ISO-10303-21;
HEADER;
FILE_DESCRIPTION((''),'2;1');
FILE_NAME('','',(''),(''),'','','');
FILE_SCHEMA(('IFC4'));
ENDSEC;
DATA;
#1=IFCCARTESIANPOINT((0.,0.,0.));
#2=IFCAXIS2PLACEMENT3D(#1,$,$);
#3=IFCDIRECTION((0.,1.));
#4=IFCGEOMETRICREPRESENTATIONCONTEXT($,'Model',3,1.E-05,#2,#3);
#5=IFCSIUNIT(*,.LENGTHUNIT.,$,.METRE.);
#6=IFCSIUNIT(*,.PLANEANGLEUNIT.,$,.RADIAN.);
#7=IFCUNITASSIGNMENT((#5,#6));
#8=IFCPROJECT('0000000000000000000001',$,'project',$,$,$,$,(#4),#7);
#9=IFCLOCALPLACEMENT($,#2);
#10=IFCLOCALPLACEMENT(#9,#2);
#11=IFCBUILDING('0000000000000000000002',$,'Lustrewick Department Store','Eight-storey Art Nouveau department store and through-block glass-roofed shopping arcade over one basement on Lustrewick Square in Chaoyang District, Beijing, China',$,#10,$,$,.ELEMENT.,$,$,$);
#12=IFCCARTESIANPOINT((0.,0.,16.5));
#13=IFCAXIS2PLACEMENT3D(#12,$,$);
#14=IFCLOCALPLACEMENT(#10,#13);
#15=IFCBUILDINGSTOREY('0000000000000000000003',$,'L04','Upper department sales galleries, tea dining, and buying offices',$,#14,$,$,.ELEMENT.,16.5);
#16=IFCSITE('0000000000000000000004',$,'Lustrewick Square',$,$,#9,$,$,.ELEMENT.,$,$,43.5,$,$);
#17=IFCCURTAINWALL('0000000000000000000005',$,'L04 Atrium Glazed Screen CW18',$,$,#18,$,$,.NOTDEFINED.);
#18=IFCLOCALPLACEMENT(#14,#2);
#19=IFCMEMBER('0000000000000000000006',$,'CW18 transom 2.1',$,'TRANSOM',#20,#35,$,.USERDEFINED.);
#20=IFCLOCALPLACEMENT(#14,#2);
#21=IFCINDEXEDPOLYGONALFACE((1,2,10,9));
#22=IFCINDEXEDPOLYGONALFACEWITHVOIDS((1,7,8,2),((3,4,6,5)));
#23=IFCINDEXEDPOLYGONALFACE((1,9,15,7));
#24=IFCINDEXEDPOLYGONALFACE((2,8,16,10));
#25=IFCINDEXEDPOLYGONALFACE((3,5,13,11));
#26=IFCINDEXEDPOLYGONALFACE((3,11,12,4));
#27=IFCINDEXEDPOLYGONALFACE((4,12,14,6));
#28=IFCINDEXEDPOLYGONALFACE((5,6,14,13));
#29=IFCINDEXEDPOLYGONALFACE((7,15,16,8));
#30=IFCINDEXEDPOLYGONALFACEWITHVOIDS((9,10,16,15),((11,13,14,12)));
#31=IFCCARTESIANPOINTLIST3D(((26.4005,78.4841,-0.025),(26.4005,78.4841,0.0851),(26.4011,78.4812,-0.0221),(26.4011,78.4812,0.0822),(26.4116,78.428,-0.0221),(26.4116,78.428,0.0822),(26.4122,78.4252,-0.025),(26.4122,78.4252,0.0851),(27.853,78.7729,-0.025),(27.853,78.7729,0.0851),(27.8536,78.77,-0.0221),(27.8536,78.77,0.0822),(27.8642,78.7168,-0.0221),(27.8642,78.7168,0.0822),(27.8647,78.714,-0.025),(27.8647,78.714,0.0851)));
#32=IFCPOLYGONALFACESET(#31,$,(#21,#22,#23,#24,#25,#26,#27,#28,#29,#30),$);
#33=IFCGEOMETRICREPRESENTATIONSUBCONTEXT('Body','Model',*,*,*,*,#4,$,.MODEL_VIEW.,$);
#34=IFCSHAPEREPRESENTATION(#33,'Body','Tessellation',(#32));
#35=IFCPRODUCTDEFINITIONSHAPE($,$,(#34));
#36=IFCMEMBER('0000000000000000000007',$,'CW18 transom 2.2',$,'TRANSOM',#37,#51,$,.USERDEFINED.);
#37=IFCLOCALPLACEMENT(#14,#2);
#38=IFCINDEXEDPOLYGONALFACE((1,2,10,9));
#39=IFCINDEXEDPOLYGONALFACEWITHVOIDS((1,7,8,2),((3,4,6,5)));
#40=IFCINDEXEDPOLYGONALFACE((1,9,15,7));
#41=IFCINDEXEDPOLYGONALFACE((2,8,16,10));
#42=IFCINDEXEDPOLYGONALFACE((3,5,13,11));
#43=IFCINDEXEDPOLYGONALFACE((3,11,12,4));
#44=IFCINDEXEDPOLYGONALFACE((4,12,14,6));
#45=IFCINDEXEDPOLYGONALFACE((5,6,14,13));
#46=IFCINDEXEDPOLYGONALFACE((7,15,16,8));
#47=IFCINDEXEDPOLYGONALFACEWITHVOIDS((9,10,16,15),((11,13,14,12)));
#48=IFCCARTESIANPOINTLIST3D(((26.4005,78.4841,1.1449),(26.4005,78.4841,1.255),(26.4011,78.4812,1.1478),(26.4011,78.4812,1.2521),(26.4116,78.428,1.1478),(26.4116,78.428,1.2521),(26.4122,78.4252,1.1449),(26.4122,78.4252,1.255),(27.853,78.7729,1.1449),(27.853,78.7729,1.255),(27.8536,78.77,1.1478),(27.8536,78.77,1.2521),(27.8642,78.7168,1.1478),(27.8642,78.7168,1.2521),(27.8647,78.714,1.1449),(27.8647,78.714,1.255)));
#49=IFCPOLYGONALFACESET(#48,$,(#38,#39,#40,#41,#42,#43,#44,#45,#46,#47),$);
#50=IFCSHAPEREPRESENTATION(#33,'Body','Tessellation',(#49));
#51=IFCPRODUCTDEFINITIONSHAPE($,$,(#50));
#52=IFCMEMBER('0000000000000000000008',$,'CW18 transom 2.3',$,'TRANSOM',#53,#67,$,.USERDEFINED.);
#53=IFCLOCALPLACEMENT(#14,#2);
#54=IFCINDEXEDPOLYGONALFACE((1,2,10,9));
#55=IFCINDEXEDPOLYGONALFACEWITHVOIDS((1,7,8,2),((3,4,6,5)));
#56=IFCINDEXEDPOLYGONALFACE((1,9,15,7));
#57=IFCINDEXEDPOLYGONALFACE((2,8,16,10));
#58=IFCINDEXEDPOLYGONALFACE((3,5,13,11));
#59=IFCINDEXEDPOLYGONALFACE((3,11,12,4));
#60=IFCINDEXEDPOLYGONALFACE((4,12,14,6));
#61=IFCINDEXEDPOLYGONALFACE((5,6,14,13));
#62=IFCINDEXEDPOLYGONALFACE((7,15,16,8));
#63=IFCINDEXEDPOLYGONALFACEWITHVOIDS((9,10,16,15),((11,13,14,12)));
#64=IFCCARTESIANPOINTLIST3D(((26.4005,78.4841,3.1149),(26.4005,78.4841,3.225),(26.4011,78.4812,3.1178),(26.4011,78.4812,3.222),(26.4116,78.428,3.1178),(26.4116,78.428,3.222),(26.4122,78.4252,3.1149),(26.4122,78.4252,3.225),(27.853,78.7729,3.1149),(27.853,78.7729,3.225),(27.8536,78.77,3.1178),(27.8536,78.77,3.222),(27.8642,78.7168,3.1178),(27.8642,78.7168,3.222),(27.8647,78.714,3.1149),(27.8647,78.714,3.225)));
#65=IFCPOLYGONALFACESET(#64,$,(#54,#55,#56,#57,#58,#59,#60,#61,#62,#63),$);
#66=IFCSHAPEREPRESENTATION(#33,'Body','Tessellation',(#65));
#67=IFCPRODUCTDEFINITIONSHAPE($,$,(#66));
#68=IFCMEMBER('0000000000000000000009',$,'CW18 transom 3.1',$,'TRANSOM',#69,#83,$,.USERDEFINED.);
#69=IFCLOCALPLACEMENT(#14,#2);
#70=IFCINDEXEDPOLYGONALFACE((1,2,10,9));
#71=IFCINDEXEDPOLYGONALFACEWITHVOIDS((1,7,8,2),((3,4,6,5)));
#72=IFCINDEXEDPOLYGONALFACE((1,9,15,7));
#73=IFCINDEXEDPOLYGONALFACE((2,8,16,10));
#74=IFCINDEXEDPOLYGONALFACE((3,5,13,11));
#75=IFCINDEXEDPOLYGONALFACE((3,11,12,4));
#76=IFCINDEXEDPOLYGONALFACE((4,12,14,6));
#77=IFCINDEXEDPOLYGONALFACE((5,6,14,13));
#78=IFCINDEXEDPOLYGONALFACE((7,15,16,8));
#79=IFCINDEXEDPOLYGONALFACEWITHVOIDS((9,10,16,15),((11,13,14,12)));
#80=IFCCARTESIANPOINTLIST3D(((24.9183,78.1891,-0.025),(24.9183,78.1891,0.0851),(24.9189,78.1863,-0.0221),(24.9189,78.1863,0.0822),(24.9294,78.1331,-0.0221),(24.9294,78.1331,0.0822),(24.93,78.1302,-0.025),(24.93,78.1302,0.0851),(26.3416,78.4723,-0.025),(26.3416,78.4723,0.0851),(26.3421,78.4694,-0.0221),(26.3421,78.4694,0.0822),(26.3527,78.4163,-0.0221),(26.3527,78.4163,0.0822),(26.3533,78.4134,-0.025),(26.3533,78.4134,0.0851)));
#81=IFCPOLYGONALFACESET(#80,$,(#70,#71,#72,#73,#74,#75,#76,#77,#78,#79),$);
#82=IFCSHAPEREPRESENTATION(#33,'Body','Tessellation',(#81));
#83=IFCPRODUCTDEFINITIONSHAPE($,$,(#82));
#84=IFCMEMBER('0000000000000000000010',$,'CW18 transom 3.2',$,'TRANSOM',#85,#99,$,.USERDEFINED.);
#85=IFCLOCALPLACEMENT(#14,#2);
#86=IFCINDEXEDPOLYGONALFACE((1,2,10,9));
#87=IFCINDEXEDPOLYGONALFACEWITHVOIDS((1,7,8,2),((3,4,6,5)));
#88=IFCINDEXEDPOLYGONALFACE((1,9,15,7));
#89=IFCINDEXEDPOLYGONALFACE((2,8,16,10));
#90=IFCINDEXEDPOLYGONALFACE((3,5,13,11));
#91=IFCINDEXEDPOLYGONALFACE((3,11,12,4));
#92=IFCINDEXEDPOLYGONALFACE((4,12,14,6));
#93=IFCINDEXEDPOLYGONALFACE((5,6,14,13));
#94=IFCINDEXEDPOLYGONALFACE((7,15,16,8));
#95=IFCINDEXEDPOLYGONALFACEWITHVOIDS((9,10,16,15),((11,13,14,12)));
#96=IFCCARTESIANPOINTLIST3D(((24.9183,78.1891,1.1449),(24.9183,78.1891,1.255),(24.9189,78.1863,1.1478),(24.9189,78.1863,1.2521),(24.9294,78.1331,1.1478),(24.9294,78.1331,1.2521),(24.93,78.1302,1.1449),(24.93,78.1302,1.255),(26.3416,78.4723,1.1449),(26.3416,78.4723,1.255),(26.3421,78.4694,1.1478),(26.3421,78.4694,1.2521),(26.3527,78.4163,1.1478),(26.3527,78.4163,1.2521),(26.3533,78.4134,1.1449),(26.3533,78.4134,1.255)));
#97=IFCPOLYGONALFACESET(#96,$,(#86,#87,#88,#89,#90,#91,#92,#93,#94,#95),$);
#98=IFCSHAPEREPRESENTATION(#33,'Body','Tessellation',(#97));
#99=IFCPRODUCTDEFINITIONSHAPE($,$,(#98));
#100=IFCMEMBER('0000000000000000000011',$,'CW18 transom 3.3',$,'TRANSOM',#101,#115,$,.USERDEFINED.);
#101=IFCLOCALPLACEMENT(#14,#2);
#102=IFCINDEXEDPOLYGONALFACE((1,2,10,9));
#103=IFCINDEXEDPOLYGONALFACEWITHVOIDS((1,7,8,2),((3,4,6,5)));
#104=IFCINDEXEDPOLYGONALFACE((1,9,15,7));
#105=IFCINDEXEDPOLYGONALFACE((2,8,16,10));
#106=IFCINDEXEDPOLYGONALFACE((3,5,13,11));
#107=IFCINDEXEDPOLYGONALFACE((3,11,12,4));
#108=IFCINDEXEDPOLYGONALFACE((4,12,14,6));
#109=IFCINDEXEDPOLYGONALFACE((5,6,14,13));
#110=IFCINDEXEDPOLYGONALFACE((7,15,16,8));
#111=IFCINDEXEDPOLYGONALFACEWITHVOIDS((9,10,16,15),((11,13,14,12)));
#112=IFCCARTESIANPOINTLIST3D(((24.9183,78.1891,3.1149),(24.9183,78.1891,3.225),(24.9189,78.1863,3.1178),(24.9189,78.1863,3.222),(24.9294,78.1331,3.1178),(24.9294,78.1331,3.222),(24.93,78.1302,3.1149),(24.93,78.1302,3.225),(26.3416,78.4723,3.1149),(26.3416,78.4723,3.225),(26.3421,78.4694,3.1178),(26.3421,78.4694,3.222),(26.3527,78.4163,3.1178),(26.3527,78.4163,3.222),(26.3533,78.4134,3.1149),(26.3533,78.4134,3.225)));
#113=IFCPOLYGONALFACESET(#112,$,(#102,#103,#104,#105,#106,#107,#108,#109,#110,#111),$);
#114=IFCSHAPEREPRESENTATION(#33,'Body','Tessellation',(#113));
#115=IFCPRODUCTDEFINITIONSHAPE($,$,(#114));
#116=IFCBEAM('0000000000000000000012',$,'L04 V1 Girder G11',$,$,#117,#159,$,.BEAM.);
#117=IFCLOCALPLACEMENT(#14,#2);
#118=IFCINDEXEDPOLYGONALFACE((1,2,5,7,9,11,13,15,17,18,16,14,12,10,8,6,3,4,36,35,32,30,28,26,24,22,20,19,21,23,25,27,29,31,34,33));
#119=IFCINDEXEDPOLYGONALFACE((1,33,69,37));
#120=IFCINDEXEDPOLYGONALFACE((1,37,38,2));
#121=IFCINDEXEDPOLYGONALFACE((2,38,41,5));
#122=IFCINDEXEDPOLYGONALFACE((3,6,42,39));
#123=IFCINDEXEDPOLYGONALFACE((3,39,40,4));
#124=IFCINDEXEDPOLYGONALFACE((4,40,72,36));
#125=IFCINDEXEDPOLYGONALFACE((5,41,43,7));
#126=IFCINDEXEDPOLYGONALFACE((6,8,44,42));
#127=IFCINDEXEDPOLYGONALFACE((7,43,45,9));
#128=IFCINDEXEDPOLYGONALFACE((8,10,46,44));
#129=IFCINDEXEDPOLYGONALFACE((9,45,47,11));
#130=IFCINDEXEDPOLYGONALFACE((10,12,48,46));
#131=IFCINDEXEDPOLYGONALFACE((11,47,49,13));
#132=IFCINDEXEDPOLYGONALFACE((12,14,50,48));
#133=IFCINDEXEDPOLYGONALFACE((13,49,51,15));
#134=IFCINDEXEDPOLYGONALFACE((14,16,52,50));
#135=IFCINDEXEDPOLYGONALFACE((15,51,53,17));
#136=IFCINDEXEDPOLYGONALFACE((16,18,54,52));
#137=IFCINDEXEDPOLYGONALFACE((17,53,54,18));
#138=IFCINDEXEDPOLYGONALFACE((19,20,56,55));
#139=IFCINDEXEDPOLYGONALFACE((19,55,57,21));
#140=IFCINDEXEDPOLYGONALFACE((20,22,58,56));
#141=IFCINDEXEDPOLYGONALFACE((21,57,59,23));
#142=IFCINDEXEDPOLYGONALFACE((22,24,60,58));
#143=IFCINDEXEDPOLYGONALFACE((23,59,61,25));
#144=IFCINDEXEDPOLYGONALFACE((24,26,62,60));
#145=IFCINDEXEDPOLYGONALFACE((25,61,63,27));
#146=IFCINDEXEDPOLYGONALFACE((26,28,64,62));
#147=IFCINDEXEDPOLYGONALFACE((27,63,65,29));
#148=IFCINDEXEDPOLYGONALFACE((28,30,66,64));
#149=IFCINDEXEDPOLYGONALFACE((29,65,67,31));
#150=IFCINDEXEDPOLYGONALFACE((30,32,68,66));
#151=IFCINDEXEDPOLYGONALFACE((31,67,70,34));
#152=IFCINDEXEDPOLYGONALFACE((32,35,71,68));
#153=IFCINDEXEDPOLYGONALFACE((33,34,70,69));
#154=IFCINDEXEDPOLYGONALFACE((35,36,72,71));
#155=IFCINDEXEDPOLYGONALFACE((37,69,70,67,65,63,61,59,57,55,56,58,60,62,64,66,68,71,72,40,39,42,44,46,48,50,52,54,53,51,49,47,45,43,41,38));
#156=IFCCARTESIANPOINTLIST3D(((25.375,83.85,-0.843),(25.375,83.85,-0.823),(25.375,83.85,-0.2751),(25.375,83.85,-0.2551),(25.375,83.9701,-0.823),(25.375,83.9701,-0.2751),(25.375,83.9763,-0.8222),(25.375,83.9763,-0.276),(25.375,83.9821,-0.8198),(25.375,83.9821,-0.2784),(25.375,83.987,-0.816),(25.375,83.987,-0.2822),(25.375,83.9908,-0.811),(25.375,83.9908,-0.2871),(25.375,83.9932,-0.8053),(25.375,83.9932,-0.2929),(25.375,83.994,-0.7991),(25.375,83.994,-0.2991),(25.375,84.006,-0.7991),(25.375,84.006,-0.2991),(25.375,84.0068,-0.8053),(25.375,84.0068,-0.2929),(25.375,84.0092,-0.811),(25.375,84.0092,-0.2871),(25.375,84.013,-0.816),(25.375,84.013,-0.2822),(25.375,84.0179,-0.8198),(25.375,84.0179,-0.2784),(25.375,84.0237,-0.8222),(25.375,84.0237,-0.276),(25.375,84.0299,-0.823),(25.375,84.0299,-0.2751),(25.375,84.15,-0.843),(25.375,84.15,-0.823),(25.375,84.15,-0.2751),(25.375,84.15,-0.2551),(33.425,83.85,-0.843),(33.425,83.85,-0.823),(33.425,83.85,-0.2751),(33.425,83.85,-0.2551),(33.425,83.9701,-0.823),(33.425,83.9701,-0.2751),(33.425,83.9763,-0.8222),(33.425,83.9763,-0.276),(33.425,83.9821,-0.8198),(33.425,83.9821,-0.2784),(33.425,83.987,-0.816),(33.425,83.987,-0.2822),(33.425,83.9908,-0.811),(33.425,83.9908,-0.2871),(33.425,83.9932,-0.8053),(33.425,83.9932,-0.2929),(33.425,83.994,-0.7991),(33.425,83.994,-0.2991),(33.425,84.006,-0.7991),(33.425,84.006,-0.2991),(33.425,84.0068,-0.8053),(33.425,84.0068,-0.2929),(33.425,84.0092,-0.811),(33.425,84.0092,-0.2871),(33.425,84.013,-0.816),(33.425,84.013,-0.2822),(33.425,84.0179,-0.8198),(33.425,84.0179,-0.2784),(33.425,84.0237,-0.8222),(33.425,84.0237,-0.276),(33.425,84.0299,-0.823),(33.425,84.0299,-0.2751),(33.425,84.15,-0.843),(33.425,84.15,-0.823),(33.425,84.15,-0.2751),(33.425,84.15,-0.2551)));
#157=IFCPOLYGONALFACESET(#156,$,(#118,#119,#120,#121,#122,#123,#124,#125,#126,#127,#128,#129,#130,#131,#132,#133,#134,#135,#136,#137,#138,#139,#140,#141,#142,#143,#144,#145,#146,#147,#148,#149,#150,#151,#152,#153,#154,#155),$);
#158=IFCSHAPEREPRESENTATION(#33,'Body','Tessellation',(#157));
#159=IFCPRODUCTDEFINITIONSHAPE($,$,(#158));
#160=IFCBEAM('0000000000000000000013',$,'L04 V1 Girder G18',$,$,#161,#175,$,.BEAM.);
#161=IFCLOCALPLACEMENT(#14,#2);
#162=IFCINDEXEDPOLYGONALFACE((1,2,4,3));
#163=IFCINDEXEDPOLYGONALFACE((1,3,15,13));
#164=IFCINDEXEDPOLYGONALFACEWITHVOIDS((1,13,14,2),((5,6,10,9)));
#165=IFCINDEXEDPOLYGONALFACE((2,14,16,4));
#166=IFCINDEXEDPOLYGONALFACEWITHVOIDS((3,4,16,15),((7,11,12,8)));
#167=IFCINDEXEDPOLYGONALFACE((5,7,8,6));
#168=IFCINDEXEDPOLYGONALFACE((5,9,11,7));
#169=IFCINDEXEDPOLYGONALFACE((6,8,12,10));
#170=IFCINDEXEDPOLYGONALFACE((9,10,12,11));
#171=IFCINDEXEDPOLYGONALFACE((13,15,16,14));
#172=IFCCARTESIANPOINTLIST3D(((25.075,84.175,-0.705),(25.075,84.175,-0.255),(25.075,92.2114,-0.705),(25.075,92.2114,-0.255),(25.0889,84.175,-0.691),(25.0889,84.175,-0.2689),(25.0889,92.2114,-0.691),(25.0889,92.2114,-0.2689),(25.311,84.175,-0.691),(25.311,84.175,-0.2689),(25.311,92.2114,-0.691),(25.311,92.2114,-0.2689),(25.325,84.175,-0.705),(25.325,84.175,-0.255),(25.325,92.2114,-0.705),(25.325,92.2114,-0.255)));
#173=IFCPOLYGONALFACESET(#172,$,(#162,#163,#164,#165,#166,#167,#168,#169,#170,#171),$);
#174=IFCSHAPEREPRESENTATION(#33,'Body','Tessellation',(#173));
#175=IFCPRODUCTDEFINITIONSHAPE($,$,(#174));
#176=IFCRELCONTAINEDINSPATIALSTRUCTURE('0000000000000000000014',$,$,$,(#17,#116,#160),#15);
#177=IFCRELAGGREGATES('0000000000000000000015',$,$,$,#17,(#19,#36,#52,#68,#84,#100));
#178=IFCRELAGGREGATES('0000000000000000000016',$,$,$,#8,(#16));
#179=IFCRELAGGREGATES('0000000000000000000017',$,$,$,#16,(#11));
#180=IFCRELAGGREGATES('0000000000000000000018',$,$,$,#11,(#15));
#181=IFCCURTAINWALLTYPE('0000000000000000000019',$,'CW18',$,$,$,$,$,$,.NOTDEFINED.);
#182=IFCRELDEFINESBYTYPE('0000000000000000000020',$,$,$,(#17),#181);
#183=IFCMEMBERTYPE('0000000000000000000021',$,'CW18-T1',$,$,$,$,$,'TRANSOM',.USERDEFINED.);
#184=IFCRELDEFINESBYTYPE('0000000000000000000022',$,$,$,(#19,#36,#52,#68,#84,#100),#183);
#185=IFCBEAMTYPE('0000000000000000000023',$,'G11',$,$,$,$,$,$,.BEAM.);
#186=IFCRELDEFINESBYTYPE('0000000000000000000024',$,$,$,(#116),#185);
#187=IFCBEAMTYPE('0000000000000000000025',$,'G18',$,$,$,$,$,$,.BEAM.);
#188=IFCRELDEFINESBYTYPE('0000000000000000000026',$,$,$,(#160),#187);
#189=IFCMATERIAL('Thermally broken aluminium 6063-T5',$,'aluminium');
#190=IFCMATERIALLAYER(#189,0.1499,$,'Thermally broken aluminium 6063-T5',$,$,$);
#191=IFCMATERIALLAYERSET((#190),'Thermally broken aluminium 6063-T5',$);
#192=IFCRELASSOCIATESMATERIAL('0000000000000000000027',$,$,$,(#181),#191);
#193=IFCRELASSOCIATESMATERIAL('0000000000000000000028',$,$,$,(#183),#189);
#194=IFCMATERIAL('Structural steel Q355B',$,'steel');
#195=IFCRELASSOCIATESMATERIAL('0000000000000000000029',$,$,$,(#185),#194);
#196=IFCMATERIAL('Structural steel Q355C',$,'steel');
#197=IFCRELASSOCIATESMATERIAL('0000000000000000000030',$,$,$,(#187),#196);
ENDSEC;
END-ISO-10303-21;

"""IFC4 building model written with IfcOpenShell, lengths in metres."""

from ifc_helpers import new_model, si_unit, direction, frame, origin, origin_2d, place, context, subcontext, project, spatial, hollow_rectangle, i_section, extrude, material, layer, layer_set, material_profile, profile_set, type_object, element, aggregate, save


model = new_model("IFC4")

# Units and contexts
model_context = context("Model", 3, precision=1e-05, world=origin(), true_north=direction((0.0, 1.0)))
body_context = subcontext(model_context, "Body", "Model", "MODEL_VIEW")
ifc_project = project(units=[si_unit("LENGTHUNIT", "METRE"), si_unit("PLANEANGLEUNIT", "RADIAN")], contexts=[model_context])

# Site, building, storey
site_placement = place(None, origin())
site = spatial("IfcSite", under=ifc_project, at=site_placement, Name="Lustrewick Square", CompositionType="ELEMENT", RefElevation=43.5)
building_placement = place(site_placement, origin())
building = spatial("IfcBuilding", under=site, at=building_placement, Name="Lustrewick Department Store", Description="Eight-storey Art Nouveau department store and through-block glass-roofed shopping arcade over one basement on Lustrewick Square in Chaoyang District, Beijing, China", CompositionType="ELEMENT")
storey_placement = place(building_placement, frame((0.0, 0.0, 16.5)))
storey = spatial("IfcBuildingStorey", under=building, at=storey_placement, Name="L04", Description="Upper department sales galleries, tea dining, and buying offices", CompositionType="ELEMENT", Elevation=16.5)

# Shared definitions
ifc_material_1 = material(Name="Structural steel Q355C", Category="steel")
ifc_material_2 = material(Name="Structural steel Q355B", Category="steel")

# Curtain wall, members
ifc_material_3 = material(Name="Thermally broken aluminium 6063-T5", Category="aluminium")
ifc_layer_1 = layer(ifc_material_3, 0.1499, Name="Thermally broken aluminium 6063-T5")
ifc_layer_set_1 = layer_set([ifc_layer_1], Name="Thermally broken aluminium 6063-T5")
curtain_wall_type_1 = type_object("IfcCurtainWallType", Name="CW18", PredefinedType="NOTDEFINED", material=ifc_layer_set_1)
curtain_wall_1_placement = place(storey_placement, origin())
curtain_wall_1 = element("IfcCurtainWall", 1, at=curtain_wall_1_placement, inside=storey, type_object=curtain_wall_type_1, Name="L04 Atrium Glazed Screen CW18", PredefinedType="NOTDEFINED")
ifc_material_profile_1 = material_profile(ifc_material_3, hollow_rectangle(XDim=0.0601, YDim=0.1101, WallThickness=0.0029, at=origin_2d()), Name="ALU-T 60x110x3")
ifc_profile_set_1 = profile_set([ifc_material_profile_1], Name="Thermally broken aluminium 6063-T5")
member_type_1 = type_object("IfcMemberType", Name="CW18-T1", ElementType="TRANSOM", PredefinedType="USERDEFINED", material=ifc_profile_set_1)
member_1_placement = place(storey_placement, frame((27.8589, 78.7434, 0.03), z_axis=(-0.980802, -0.195007, 0.0), x_axis=(0.195007, -0.980802, 0.0)))
member_1 = element("IfcMember", 2, at=member_1_placement, type_object=member_type_1, Name="CW18 transom 2.1", ObjectType="TRANSOM", PredefinedType="USERDEFINED", context=body_context, shape_type="SweptSolid", body=[
    extrude(hollow_rectangle(XDim=0.0601, YDim=0.1101, WallThickness=0.0029, at=origin_2d()), origin(), (0.0, 0.0, 1.0), 1.481),
])
member_2_placement = place(storey_placement, frame((27.8589, 78.7434, 1.2), z_axis=(-0.980802, -0.195007, 0.0), x_axis=(0.195007, -0.980802, 0.0)))
member_2 = element("IfcMember", 3, at=member_2_placement, type_object=member_type_1, Name="CW18 transom 2.2", ObjectType="TRANSOM", PredefinedType="USERDEFINED", context=body_context, shape_type="SweptSolid", body=[
    extrude(hollow_rectangle(XDim=0.0601, YDim=0.1101, WallThickness=0.0029, at=origin_2d()), origin(), (0.0, 0.0, 1.0), 1.481),
])
member_3_placement = place(storey_placement, frame((27.8589, 78.7434, 3.1699), z_axis=(-0.980802, -0.195007, 0.0), x_axis=(0.195007, -0.980802, 0.0)))
member_3 = element("IfcMember", 4, at=member_3_placement, type_object=member_type_1, Name="CW18 transom 2.3", ObjectType="TRANSOM", PredefinedType="USERDEFINED", context=body_context, shape_type="SweptSolid", body=[
    extrude(hollow_rectangle(XDim=0.0601, YDim=0.1101, WallThickness=0.0029, at=origin_2d()), origin(), (0.0, 0.0, 1.0), 1.481),
])
member_4_placement = place(storey_placement, frame((26.3474, 78.4429, 0.03), z_axis=(-0.980774, -0.195145, 0.0), x_axis=(0.195145, -0.980774, 0.0)))
member_4 = element("IfcMember", 5, at=member_4_placement, type_object=member_type_1, Name="CW18 transom 3.1", ObjectType="TRANSOM", PredefinedType="USERDEFINED", context=body_context, shape_type="SweptSolid", body=[
    extrude(hollow_rectangle(XDim=0.0601, YDim=0.1101, WallThickness=0.0029, at=origin_2d()), origin(), (0.0, 0.0, 1.0), 1.4512),
])
member_5_placement = place(storey_placement, frame((26.3474, 78.4429, 1.2), z_axis=(-0.980774, -0.195145, 0.0), x_axis=(0.195145, -0.980774, 0.0)))
member_5 = element("IfcMember", 6, at=member_5_placement, type_object=member_type_1, Name="CW18 transom 3.2", ObjectType="TRANSOM", PredefinedType="USERDEFINED", context=body_context, shape_type="SweptSolid", body=[
    extrude(hollow_rectangle(XDim=0.0601, YDim=0.1101, WallThickness=0.0029, at=origin_2d()), origin(), (0.0, 0.0, 1.0), 1.4512),
])
member_6_placement = place(storey_placement, frame((26.3474, 78.4429, 3.1699), z_axis=(-0.980774, -0.195145, 0.0), x_axis=(0.195145, -0.980774, 0.0)))
member_6 = element("IfcMember", 7, at=member_6_placement, type_object=member_type_1, Name="CW18 transom 3.3", ObjectType="TRANSOM", PredefinedType="USERDEFINED", context=body_context, shape_type="SweptSolid", body=[
    extrude(hollow_rectangle(XDim=0.0601, YDim=0.1101, WallThickness=0.0029, at=origin_2d()), origin(), (0.0, 0.0, 1.0), 1.4512),
])

# Beams
ifc_material_profile_2 = material_profile(ifc_material_2, i_section(OverallWidth=0.3, OverallDepth=0.5879, WebThickness=0.012, FlangeThickness=0.02, FilletRadius=0.0239, at=origin_2d()), Name="HM 588x300x12x20")
ifc_profile_set_2 = profile_set([ifc_material_profile_2], Name="Structural steel Q355B")
beam_type_1 = type_object("IfcBeamType", Name="G11", PredefinedType="BEAM", material=ifc_profile_set_2)
beam_1_placement = place(storey_placement, frame((25.375, 84.0, -0.5491), z_axis=(1.0, 0.0, 0.0), x_axis=(0.0, 1.0, 0.0)))
element("IfcBeam", 8, at=beam_1_placement, inside=storey, type_object=beam_type_1, Name="L04 V1 Girder G11", PredefinedType="BEAM", context=body_context, shape_type="SweptSolid", body=[
    extrude(i_section(OverallWidth=0.3, OverallDepth=0.5879, WebThickness=0.012, FlangeThickness=0.02, FilletRadius=0.0239, at=origin_2d()), origin(), (0.0, 0.0, 1.0), 8.05),
])
ifc_material_profile_3 = material_profile(ifc_material_1, hollow_rectangle(XDim=0.25, YDim=0.45, WallThickness=0.0139, at=origin_2d()), Name="RHS 450x250x14")
ifc_profile_set_3 = profile_set([ifc_material_profile_3], Name="Structural steel Q355C")
beam_type_2 = type_object("IfcBeamType", Name="G18", PredefinedType="BEAM", material=ifc_profile_set_3)
beam_2_placement = place(storey_placement, frame((25.2, 84.175, -0.48), z_axis=(0.0, 1.0, 0.0), x_axis=(-1.0, 0.0, 0.0)))
element("IfcBeam", 9, at=beam_2_placement, inside=storey, type_object=beam_type_2, Name="L04 V1 Girder G18", PredefinedType="BEAM", context=body_context, shape_type="SweptSolid", body=[
    extrude(hollow_rectangle(XDim=0.25, YDim=0.45, WallThickness=0.0139, at=origin_2d()), origin(), (0.0, 0.0, 1.0), 8.0364),
])

aggregate(curtain_wall_1, [member_1, member_2, member_3, member_4, member_5, member_6])

save(model, "model.ifc")
